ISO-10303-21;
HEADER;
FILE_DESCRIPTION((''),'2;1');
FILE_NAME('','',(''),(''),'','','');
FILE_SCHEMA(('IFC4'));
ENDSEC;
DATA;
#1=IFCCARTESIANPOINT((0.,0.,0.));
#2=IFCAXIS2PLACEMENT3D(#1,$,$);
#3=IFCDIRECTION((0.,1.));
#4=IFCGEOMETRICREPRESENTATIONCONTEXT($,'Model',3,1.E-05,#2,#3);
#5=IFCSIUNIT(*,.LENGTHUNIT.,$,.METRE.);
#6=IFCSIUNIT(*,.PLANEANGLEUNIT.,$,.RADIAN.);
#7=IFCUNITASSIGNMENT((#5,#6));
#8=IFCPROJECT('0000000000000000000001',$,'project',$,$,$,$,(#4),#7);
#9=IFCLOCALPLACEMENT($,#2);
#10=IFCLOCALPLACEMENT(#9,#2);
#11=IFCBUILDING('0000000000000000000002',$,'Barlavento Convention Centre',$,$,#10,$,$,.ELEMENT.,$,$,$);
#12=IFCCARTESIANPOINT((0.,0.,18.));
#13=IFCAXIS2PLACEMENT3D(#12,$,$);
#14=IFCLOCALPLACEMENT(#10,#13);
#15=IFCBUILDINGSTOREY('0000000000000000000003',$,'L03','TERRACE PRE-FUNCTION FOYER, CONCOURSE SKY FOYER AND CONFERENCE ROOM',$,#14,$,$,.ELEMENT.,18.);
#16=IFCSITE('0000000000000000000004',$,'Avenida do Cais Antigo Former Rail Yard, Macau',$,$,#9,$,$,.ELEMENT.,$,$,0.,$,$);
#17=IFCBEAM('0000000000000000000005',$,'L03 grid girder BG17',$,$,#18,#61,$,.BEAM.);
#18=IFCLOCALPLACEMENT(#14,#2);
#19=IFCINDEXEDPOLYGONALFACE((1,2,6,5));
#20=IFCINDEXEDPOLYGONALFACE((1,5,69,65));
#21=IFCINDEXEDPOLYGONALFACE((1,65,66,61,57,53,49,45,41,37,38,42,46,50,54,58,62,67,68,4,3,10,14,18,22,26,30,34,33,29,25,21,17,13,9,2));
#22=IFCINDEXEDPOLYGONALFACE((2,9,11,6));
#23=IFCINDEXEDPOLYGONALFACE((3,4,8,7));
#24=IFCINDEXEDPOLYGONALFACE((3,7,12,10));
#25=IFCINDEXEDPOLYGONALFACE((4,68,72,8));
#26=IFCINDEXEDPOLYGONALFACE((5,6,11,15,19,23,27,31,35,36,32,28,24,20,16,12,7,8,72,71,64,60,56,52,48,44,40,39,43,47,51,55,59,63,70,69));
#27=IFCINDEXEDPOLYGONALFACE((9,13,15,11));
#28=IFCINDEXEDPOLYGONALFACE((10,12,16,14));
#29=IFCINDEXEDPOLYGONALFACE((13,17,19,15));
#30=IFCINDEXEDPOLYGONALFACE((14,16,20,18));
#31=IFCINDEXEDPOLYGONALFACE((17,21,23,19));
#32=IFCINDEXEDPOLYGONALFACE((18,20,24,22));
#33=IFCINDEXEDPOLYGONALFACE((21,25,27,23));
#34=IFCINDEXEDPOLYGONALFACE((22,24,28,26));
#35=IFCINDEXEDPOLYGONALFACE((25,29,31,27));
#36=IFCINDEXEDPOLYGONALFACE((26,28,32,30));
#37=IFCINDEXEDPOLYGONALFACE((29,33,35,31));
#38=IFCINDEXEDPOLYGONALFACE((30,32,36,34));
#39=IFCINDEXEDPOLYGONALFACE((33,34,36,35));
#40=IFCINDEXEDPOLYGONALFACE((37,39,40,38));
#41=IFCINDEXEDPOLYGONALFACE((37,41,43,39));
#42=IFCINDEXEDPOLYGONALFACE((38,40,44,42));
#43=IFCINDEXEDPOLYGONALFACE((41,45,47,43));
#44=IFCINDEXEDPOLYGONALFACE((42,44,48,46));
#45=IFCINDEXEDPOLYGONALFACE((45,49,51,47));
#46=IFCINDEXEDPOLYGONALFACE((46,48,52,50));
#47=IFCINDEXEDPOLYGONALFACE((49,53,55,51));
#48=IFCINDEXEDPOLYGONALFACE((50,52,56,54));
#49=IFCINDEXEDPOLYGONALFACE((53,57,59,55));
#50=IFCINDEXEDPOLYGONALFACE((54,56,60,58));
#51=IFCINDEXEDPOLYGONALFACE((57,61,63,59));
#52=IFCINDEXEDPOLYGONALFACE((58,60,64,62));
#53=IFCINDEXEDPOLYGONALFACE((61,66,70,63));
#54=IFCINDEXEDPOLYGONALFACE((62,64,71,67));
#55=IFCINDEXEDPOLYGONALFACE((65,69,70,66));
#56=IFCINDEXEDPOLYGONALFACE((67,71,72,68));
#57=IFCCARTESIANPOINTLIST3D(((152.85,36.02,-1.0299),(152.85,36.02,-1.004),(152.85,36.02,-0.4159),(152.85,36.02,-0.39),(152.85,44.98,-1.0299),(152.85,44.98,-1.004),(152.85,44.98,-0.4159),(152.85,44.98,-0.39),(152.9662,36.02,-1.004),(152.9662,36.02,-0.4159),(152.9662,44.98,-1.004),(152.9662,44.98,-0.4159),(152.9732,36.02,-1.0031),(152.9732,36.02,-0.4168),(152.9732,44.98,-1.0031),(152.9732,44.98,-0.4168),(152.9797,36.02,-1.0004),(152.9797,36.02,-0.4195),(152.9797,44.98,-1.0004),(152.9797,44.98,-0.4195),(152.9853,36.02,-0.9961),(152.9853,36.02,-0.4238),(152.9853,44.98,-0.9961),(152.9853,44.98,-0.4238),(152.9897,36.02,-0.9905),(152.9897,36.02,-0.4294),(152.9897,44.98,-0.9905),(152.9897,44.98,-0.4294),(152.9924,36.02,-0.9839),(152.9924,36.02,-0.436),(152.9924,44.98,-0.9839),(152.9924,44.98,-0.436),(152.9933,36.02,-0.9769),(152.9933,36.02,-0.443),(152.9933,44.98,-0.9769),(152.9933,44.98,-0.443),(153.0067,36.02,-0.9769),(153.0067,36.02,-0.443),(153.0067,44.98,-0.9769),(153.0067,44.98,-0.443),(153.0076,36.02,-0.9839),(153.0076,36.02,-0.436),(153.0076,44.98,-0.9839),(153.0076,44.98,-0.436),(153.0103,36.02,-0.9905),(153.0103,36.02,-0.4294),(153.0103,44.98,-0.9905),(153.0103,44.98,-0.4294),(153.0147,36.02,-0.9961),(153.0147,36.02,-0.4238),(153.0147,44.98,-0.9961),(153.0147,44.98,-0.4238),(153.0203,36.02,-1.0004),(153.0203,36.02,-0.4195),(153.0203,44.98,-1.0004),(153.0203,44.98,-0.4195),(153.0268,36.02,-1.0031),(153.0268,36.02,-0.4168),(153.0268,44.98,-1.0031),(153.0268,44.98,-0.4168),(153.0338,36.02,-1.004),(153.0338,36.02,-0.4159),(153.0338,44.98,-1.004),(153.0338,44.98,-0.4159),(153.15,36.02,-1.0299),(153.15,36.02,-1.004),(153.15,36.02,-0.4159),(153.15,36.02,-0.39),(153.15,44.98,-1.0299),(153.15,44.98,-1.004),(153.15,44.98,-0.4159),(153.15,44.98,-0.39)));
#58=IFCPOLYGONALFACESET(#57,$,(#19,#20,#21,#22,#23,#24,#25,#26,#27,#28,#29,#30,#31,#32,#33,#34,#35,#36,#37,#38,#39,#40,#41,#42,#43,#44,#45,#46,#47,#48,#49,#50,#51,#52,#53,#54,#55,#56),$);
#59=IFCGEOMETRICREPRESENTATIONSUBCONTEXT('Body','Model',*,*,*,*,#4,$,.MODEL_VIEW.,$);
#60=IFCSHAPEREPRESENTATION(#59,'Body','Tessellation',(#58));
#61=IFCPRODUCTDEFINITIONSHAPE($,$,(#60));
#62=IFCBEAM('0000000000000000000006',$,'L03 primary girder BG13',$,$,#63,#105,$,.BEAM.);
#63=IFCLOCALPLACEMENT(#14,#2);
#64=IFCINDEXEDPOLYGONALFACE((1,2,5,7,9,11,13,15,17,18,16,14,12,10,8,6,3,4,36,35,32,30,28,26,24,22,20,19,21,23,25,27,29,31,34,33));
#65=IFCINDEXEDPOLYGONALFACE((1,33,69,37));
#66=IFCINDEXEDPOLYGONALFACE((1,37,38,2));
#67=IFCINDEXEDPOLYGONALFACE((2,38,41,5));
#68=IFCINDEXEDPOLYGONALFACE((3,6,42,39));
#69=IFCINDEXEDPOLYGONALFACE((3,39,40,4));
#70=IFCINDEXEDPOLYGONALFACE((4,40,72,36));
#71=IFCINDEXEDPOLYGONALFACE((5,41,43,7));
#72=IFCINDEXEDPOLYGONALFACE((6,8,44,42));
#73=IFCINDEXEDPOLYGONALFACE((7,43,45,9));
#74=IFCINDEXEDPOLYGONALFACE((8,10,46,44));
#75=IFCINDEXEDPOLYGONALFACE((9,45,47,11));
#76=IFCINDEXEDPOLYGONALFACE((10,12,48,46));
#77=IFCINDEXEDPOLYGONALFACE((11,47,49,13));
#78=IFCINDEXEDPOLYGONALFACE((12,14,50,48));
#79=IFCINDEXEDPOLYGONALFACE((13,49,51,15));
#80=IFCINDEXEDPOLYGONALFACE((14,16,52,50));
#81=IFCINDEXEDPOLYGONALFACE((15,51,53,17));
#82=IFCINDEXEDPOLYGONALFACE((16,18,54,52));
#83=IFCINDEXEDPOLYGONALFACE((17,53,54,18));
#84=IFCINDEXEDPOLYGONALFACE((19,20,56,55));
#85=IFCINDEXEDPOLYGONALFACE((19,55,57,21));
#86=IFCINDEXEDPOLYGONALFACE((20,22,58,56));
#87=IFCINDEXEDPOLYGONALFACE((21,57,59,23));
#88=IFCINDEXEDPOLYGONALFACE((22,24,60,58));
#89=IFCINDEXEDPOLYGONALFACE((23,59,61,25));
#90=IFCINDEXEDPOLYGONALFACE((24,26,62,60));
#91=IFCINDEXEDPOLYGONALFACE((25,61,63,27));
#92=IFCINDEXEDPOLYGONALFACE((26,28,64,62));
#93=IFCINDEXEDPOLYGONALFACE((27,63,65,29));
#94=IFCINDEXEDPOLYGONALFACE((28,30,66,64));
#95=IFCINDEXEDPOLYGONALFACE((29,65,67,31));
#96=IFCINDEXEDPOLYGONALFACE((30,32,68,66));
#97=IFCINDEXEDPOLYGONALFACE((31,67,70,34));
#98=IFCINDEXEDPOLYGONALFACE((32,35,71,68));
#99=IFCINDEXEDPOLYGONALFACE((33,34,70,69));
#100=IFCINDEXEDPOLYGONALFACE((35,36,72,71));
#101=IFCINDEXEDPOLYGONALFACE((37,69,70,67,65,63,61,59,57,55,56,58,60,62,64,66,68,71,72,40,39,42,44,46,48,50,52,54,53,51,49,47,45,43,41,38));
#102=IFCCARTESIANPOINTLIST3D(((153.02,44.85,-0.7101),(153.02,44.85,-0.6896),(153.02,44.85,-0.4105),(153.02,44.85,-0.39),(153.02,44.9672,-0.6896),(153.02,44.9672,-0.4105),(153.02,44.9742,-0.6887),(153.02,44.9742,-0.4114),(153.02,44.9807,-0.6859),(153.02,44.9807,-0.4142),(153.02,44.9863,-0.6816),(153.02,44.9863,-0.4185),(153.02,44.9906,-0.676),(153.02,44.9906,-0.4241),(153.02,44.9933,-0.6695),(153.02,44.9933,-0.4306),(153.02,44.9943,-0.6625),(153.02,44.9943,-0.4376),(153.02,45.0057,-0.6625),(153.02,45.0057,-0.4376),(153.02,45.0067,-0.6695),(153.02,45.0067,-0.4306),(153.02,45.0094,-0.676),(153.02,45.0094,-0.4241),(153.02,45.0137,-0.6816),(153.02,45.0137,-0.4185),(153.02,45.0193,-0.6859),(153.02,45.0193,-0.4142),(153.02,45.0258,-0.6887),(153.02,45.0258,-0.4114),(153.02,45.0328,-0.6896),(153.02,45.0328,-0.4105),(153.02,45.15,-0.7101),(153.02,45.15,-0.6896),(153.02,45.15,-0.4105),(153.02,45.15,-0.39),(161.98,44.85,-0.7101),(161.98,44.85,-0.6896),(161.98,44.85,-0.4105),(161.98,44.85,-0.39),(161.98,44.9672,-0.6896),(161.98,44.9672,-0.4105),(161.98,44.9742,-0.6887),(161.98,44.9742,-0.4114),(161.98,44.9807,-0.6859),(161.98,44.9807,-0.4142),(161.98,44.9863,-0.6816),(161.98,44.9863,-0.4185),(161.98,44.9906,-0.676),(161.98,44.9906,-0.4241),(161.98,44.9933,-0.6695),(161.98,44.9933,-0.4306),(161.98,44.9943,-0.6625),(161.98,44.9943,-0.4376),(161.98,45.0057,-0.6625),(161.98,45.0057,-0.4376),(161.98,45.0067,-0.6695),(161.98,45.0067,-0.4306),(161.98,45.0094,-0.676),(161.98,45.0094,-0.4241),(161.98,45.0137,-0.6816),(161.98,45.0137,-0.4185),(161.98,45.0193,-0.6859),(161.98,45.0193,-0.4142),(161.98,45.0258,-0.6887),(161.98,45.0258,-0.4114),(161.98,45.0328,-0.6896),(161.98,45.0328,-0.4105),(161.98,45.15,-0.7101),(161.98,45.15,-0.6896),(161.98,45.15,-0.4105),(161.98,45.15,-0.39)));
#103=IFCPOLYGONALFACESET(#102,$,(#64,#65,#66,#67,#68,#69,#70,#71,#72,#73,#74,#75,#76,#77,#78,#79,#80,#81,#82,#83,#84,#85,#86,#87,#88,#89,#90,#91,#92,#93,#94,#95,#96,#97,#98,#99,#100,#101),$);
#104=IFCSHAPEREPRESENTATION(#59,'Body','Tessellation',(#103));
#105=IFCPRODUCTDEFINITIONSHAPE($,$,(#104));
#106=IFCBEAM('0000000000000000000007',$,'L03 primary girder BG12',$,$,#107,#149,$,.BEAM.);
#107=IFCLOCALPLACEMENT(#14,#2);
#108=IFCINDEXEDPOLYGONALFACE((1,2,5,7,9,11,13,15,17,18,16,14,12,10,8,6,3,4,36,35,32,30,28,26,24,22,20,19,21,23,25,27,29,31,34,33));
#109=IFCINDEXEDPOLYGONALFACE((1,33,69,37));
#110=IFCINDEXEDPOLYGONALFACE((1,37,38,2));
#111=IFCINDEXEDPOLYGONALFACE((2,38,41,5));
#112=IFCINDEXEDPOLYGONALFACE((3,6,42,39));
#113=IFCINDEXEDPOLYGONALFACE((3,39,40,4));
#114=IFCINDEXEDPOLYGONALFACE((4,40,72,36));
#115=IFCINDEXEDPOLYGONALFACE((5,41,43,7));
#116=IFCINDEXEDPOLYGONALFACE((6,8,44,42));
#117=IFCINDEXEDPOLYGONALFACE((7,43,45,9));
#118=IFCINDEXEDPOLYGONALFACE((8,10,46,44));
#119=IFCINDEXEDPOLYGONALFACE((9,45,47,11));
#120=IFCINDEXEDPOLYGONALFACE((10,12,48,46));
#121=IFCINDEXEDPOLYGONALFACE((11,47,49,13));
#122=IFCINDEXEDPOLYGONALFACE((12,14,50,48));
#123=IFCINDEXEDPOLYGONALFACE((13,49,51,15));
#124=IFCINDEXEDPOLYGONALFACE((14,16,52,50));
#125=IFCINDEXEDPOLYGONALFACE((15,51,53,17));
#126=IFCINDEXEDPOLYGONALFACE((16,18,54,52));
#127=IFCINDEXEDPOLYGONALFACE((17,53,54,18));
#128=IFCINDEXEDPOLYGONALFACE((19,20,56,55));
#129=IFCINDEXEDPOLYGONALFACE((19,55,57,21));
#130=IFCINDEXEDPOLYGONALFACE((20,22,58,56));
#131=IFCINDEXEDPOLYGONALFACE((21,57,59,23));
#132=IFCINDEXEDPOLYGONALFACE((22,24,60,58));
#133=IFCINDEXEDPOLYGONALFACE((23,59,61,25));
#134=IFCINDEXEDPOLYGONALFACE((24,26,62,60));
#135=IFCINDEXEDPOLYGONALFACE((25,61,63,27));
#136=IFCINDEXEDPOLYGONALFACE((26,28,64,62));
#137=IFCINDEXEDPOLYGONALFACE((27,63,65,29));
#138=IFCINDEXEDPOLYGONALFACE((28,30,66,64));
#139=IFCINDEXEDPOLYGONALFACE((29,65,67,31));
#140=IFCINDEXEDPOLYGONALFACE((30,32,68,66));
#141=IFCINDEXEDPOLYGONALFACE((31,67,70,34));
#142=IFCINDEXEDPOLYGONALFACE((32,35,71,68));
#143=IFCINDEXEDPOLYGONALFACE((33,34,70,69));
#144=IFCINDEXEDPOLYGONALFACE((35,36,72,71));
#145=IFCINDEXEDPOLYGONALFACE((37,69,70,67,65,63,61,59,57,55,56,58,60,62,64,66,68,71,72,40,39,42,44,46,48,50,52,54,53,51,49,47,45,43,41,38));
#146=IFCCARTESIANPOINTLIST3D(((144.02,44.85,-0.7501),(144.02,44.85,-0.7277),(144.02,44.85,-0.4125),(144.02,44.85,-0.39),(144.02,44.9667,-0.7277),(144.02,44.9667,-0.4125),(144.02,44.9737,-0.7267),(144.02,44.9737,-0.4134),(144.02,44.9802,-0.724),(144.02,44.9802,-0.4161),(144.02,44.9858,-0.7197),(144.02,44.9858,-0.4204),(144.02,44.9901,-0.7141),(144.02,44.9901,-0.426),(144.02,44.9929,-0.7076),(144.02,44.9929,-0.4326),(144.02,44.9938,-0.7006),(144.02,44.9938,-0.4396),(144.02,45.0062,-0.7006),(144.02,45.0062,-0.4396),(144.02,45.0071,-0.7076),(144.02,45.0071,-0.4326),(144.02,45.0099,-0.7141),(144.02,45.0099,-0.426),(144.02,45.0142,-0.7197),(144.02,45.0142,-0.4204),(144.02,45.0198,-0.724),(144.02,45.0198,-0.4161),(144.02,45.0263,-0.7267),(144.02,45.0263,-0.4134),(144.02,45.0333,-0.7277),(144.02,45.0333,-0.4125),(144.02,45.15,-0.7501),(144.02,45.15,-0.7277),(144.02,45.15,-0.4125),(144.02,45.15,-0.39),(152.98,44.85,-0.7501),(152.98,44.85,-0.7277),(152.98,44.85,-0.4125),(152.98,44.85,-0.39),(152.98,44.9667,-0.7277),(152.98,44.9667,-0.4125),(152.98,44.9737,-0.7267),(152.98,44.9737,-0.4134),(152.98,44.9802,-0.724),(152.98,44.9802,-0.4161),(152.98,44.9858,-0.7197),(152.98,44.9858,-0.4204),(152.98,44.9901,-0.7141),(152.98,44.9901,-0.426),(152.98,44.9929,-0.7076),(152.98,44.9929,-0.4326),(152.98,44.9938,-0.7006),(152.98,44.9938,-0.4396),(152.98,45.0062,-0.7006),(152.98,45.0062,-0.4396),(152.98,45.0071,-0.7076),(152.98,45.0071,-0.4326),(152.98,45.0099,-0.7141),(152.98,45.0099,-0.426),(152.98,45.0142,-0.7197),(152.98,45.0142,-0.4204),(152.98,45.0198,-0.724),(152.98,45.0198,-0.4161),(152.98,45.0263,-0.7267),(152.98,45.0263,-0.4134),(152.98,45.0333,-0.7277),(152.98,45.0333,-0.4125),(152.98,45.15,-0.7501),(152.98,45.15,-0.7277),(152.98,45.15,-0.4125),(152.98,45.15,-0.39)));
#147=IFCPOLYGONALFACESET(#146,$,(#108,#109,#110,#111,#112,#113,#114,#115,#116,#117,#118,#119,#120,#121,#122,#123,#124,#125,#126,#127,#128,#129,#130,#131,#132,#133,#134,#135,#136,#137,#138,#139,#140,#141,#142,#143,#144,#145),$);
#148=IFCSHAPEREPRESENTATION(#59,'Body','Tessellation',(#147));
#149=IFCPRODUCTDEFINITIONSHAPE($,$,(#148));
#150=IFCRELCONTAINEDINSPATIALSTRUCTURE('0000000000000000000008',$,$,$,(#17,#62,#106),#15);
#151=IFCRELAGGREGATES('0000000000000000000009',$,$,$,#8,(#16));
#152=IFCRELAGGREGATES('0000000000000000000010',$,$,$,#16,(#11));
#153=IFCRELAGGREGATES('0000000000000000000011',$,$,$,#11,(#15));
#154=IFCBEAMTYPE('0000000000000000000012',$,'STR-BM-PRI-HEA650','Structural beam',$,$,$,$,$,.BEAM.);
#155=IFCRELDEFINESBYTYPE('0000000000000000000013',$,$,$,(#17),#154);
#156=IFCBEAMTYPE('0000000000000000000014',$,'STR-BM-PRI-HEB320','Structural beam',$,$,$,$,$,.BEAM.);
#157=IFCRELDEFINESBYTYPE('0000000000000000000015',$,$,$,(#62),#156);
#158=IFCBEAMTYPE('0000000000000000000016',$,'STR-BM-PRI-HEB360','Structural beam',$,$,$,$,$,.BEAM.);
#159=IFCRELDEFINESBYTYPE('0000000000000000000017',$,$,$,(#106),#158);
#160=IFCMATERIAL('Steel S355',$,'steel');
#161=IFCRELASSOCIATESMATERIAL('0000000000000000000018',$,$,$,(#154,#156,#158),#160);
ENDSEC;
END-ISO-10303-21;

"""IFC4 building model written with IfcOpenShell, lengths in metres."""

from ifc_helpers import new_model, si_unit, direction, frame, origin, origin_2d, place, context, subcontext, project, spatial, i_section, extrude, material, material_profile, profile_set, type_object, element, save


model = new_model("IFC4")

# Units and contexts
model_context = context("Model", 3, precision=1e-05, world=origin(), true_north=direction((0.0, 1.0)))
body_context = subcontext(model_context, "Body", "Model", "MODEL_VIEW")
ifc_project = project(units=[si_unit("LENGTHUNIT", "METRE"), si_unit("PLANEANGLEUNIT", "RADIAN")], contexts=[model_context])

# Site, building, storey
site_placement = place(None, origin())
site = spatial("IfcSite", under=ifc_project, at=site_placement, Name="Avenida do Cais Antigo Former Rail Yard, Macau", CompositionType="ELEMENT", RefElevation=0.0)
building_placement = place(site_placement, origin())
building = spatial("IfcBuilding", under=site, at=building_placement, Name="Barlavento Convention Centre", CompositionType="ELEMENT")
storey_placement = place(building_placement, frame((0.0, 0.0, 18.0)))
storey = spatial("IfcBuildingStorey", under=building, at=storey_placement, Name="L03", Description="TERRACE PRE-FUNCTION FOYER, CONCOURSE SKY FOYER AND CONFERENCE ROOM", CompositionType="ELEMENT", Elevation=18.0)

# Shared definitions
ifc_material_1 = material(Name="Steel S355", Category="steel")

# Beams
ifc_material_profile_1 = material_profile(ifc_material_1, i_section(OverallWidth=0.3, OverallDepth=0.6399, WebThickness=0.0134, FlangeThickness=0.0259, FilletRadius=0.0271, at=origin_2d()), Name="HEA 650")
ifc_profile_set_1 = profile_set([ifc_material_profile_1], Name="Steel S355")
beam_type_1 = type_object("IfcBeamType", Name="STR-BM-PRI-HEA650", Description="Structural beam", PredefinedType="BEAM", material=ifc_profile_set_1)
beam_1_placement = place(storey_placement, frame((153.0, 36.02, -0.71), z_axis=(0.0, 1.0, 0.0), x_axis=(-1.0, 0.0, 0.0)))
element("IfcBeam", 1, at=beam_1_placement, inside=storey, type_object=beam_type_1, Name="L03 grid girder BG17", PredefinedType="BEAM", context=body_context, shape_type="SweptSolid", body=[
    extrude(i_section(OverallWidth=0.3, OverallDepth=0.6399, WebThickness=0.0134, FlangeThickness=0.0259, FilletRadius=0.0271, at=origin_2d()), origin(), (0.0, 0.0, 1.0), 8.96),
])
ifc_material_profile_2 = material_profile(ifc_material_1, i_section(OverallWidth=0.3, OverallDepth=0.3201, WebThickness=0.0115, FlangeThickness=0.0205, FilletRadius=0.0271, at=origin_2d()), Name="HEB 320")
ifc_profile_set_2 = profile_set([ifc_material_profile_2], Name="Steel S355")
beam_type_2 = type_object("IfcBeamType", Name="STR-BM-PRI-HEB320", Description="Structural beam", PredefinedType="BEAM", material=ifc_profile_set_2)
beam_2_placement = place(storey_placement, frame((153.02, 45.0, -0.55), z_axis=(1.0, 0.0, 0.0), x_axis=(0.0, 1.0, 0.0)))
element("IfcBeam", 2, at=beam_2_placement, inside=storey, type_object=beam_type_2, Name="L03 primary girder BG13", PredefinedType="BEAM", context=body_context, shape_type="SweptSolid", body=[
    extrude(i_section(OverallWidth=0.3, OverallDepth=0.3201, WebThickness=0.0115, FlangeThickness=0.0205, FilletRadius=0.0271, at=origin_2d()), origin(), (0.0, 0.0, 1.0), 8.96),
])
ifc_material_profile_3 = material_profile(ifc_material_1, i_section(OverallWidth=0.3, OverallDepth=0.3601, WebThickness=0.0125, FlangeThickness=0.0225, FilletRadius=0.0271, at=origin_2d()), Name="HEB 360")
ifc_profile_set_3 = profile_set([ifc_material_profile_3], Name="Steel S355")
beam_type_3 = type_object("IfcBeamType", Name="STR-BM-PRI-HEB360", Description="Structural beam", PredefinedType="BEAM", material=ifc_profile_set_3)
beam_3_placement = place(storey_placement, frame((144.02, 45.0, -0.5701), z_axis=(1.0, 0.0, 0.0), x_axis=(0.0, 1.0, 0.0)))
element("IfcBeam", 3, at=beam_3_placement, inside=storey, type_object=beam_type_3, Name="L03 primary girder BG12", PredefinedType="BEAM", context=body_context, shape_type="SweptSolid", body=[
    extrude(i_section(OverallWidth=0.3, OverallDepth=0.3601, WebThickness=0.0125, FlangeThickness=0.0225, FilletRadius=0.0271, at=origin_2d()), origin(), (0.0, 0.0, 1.0), 8.96),
])

save(model, "model.ifc")
